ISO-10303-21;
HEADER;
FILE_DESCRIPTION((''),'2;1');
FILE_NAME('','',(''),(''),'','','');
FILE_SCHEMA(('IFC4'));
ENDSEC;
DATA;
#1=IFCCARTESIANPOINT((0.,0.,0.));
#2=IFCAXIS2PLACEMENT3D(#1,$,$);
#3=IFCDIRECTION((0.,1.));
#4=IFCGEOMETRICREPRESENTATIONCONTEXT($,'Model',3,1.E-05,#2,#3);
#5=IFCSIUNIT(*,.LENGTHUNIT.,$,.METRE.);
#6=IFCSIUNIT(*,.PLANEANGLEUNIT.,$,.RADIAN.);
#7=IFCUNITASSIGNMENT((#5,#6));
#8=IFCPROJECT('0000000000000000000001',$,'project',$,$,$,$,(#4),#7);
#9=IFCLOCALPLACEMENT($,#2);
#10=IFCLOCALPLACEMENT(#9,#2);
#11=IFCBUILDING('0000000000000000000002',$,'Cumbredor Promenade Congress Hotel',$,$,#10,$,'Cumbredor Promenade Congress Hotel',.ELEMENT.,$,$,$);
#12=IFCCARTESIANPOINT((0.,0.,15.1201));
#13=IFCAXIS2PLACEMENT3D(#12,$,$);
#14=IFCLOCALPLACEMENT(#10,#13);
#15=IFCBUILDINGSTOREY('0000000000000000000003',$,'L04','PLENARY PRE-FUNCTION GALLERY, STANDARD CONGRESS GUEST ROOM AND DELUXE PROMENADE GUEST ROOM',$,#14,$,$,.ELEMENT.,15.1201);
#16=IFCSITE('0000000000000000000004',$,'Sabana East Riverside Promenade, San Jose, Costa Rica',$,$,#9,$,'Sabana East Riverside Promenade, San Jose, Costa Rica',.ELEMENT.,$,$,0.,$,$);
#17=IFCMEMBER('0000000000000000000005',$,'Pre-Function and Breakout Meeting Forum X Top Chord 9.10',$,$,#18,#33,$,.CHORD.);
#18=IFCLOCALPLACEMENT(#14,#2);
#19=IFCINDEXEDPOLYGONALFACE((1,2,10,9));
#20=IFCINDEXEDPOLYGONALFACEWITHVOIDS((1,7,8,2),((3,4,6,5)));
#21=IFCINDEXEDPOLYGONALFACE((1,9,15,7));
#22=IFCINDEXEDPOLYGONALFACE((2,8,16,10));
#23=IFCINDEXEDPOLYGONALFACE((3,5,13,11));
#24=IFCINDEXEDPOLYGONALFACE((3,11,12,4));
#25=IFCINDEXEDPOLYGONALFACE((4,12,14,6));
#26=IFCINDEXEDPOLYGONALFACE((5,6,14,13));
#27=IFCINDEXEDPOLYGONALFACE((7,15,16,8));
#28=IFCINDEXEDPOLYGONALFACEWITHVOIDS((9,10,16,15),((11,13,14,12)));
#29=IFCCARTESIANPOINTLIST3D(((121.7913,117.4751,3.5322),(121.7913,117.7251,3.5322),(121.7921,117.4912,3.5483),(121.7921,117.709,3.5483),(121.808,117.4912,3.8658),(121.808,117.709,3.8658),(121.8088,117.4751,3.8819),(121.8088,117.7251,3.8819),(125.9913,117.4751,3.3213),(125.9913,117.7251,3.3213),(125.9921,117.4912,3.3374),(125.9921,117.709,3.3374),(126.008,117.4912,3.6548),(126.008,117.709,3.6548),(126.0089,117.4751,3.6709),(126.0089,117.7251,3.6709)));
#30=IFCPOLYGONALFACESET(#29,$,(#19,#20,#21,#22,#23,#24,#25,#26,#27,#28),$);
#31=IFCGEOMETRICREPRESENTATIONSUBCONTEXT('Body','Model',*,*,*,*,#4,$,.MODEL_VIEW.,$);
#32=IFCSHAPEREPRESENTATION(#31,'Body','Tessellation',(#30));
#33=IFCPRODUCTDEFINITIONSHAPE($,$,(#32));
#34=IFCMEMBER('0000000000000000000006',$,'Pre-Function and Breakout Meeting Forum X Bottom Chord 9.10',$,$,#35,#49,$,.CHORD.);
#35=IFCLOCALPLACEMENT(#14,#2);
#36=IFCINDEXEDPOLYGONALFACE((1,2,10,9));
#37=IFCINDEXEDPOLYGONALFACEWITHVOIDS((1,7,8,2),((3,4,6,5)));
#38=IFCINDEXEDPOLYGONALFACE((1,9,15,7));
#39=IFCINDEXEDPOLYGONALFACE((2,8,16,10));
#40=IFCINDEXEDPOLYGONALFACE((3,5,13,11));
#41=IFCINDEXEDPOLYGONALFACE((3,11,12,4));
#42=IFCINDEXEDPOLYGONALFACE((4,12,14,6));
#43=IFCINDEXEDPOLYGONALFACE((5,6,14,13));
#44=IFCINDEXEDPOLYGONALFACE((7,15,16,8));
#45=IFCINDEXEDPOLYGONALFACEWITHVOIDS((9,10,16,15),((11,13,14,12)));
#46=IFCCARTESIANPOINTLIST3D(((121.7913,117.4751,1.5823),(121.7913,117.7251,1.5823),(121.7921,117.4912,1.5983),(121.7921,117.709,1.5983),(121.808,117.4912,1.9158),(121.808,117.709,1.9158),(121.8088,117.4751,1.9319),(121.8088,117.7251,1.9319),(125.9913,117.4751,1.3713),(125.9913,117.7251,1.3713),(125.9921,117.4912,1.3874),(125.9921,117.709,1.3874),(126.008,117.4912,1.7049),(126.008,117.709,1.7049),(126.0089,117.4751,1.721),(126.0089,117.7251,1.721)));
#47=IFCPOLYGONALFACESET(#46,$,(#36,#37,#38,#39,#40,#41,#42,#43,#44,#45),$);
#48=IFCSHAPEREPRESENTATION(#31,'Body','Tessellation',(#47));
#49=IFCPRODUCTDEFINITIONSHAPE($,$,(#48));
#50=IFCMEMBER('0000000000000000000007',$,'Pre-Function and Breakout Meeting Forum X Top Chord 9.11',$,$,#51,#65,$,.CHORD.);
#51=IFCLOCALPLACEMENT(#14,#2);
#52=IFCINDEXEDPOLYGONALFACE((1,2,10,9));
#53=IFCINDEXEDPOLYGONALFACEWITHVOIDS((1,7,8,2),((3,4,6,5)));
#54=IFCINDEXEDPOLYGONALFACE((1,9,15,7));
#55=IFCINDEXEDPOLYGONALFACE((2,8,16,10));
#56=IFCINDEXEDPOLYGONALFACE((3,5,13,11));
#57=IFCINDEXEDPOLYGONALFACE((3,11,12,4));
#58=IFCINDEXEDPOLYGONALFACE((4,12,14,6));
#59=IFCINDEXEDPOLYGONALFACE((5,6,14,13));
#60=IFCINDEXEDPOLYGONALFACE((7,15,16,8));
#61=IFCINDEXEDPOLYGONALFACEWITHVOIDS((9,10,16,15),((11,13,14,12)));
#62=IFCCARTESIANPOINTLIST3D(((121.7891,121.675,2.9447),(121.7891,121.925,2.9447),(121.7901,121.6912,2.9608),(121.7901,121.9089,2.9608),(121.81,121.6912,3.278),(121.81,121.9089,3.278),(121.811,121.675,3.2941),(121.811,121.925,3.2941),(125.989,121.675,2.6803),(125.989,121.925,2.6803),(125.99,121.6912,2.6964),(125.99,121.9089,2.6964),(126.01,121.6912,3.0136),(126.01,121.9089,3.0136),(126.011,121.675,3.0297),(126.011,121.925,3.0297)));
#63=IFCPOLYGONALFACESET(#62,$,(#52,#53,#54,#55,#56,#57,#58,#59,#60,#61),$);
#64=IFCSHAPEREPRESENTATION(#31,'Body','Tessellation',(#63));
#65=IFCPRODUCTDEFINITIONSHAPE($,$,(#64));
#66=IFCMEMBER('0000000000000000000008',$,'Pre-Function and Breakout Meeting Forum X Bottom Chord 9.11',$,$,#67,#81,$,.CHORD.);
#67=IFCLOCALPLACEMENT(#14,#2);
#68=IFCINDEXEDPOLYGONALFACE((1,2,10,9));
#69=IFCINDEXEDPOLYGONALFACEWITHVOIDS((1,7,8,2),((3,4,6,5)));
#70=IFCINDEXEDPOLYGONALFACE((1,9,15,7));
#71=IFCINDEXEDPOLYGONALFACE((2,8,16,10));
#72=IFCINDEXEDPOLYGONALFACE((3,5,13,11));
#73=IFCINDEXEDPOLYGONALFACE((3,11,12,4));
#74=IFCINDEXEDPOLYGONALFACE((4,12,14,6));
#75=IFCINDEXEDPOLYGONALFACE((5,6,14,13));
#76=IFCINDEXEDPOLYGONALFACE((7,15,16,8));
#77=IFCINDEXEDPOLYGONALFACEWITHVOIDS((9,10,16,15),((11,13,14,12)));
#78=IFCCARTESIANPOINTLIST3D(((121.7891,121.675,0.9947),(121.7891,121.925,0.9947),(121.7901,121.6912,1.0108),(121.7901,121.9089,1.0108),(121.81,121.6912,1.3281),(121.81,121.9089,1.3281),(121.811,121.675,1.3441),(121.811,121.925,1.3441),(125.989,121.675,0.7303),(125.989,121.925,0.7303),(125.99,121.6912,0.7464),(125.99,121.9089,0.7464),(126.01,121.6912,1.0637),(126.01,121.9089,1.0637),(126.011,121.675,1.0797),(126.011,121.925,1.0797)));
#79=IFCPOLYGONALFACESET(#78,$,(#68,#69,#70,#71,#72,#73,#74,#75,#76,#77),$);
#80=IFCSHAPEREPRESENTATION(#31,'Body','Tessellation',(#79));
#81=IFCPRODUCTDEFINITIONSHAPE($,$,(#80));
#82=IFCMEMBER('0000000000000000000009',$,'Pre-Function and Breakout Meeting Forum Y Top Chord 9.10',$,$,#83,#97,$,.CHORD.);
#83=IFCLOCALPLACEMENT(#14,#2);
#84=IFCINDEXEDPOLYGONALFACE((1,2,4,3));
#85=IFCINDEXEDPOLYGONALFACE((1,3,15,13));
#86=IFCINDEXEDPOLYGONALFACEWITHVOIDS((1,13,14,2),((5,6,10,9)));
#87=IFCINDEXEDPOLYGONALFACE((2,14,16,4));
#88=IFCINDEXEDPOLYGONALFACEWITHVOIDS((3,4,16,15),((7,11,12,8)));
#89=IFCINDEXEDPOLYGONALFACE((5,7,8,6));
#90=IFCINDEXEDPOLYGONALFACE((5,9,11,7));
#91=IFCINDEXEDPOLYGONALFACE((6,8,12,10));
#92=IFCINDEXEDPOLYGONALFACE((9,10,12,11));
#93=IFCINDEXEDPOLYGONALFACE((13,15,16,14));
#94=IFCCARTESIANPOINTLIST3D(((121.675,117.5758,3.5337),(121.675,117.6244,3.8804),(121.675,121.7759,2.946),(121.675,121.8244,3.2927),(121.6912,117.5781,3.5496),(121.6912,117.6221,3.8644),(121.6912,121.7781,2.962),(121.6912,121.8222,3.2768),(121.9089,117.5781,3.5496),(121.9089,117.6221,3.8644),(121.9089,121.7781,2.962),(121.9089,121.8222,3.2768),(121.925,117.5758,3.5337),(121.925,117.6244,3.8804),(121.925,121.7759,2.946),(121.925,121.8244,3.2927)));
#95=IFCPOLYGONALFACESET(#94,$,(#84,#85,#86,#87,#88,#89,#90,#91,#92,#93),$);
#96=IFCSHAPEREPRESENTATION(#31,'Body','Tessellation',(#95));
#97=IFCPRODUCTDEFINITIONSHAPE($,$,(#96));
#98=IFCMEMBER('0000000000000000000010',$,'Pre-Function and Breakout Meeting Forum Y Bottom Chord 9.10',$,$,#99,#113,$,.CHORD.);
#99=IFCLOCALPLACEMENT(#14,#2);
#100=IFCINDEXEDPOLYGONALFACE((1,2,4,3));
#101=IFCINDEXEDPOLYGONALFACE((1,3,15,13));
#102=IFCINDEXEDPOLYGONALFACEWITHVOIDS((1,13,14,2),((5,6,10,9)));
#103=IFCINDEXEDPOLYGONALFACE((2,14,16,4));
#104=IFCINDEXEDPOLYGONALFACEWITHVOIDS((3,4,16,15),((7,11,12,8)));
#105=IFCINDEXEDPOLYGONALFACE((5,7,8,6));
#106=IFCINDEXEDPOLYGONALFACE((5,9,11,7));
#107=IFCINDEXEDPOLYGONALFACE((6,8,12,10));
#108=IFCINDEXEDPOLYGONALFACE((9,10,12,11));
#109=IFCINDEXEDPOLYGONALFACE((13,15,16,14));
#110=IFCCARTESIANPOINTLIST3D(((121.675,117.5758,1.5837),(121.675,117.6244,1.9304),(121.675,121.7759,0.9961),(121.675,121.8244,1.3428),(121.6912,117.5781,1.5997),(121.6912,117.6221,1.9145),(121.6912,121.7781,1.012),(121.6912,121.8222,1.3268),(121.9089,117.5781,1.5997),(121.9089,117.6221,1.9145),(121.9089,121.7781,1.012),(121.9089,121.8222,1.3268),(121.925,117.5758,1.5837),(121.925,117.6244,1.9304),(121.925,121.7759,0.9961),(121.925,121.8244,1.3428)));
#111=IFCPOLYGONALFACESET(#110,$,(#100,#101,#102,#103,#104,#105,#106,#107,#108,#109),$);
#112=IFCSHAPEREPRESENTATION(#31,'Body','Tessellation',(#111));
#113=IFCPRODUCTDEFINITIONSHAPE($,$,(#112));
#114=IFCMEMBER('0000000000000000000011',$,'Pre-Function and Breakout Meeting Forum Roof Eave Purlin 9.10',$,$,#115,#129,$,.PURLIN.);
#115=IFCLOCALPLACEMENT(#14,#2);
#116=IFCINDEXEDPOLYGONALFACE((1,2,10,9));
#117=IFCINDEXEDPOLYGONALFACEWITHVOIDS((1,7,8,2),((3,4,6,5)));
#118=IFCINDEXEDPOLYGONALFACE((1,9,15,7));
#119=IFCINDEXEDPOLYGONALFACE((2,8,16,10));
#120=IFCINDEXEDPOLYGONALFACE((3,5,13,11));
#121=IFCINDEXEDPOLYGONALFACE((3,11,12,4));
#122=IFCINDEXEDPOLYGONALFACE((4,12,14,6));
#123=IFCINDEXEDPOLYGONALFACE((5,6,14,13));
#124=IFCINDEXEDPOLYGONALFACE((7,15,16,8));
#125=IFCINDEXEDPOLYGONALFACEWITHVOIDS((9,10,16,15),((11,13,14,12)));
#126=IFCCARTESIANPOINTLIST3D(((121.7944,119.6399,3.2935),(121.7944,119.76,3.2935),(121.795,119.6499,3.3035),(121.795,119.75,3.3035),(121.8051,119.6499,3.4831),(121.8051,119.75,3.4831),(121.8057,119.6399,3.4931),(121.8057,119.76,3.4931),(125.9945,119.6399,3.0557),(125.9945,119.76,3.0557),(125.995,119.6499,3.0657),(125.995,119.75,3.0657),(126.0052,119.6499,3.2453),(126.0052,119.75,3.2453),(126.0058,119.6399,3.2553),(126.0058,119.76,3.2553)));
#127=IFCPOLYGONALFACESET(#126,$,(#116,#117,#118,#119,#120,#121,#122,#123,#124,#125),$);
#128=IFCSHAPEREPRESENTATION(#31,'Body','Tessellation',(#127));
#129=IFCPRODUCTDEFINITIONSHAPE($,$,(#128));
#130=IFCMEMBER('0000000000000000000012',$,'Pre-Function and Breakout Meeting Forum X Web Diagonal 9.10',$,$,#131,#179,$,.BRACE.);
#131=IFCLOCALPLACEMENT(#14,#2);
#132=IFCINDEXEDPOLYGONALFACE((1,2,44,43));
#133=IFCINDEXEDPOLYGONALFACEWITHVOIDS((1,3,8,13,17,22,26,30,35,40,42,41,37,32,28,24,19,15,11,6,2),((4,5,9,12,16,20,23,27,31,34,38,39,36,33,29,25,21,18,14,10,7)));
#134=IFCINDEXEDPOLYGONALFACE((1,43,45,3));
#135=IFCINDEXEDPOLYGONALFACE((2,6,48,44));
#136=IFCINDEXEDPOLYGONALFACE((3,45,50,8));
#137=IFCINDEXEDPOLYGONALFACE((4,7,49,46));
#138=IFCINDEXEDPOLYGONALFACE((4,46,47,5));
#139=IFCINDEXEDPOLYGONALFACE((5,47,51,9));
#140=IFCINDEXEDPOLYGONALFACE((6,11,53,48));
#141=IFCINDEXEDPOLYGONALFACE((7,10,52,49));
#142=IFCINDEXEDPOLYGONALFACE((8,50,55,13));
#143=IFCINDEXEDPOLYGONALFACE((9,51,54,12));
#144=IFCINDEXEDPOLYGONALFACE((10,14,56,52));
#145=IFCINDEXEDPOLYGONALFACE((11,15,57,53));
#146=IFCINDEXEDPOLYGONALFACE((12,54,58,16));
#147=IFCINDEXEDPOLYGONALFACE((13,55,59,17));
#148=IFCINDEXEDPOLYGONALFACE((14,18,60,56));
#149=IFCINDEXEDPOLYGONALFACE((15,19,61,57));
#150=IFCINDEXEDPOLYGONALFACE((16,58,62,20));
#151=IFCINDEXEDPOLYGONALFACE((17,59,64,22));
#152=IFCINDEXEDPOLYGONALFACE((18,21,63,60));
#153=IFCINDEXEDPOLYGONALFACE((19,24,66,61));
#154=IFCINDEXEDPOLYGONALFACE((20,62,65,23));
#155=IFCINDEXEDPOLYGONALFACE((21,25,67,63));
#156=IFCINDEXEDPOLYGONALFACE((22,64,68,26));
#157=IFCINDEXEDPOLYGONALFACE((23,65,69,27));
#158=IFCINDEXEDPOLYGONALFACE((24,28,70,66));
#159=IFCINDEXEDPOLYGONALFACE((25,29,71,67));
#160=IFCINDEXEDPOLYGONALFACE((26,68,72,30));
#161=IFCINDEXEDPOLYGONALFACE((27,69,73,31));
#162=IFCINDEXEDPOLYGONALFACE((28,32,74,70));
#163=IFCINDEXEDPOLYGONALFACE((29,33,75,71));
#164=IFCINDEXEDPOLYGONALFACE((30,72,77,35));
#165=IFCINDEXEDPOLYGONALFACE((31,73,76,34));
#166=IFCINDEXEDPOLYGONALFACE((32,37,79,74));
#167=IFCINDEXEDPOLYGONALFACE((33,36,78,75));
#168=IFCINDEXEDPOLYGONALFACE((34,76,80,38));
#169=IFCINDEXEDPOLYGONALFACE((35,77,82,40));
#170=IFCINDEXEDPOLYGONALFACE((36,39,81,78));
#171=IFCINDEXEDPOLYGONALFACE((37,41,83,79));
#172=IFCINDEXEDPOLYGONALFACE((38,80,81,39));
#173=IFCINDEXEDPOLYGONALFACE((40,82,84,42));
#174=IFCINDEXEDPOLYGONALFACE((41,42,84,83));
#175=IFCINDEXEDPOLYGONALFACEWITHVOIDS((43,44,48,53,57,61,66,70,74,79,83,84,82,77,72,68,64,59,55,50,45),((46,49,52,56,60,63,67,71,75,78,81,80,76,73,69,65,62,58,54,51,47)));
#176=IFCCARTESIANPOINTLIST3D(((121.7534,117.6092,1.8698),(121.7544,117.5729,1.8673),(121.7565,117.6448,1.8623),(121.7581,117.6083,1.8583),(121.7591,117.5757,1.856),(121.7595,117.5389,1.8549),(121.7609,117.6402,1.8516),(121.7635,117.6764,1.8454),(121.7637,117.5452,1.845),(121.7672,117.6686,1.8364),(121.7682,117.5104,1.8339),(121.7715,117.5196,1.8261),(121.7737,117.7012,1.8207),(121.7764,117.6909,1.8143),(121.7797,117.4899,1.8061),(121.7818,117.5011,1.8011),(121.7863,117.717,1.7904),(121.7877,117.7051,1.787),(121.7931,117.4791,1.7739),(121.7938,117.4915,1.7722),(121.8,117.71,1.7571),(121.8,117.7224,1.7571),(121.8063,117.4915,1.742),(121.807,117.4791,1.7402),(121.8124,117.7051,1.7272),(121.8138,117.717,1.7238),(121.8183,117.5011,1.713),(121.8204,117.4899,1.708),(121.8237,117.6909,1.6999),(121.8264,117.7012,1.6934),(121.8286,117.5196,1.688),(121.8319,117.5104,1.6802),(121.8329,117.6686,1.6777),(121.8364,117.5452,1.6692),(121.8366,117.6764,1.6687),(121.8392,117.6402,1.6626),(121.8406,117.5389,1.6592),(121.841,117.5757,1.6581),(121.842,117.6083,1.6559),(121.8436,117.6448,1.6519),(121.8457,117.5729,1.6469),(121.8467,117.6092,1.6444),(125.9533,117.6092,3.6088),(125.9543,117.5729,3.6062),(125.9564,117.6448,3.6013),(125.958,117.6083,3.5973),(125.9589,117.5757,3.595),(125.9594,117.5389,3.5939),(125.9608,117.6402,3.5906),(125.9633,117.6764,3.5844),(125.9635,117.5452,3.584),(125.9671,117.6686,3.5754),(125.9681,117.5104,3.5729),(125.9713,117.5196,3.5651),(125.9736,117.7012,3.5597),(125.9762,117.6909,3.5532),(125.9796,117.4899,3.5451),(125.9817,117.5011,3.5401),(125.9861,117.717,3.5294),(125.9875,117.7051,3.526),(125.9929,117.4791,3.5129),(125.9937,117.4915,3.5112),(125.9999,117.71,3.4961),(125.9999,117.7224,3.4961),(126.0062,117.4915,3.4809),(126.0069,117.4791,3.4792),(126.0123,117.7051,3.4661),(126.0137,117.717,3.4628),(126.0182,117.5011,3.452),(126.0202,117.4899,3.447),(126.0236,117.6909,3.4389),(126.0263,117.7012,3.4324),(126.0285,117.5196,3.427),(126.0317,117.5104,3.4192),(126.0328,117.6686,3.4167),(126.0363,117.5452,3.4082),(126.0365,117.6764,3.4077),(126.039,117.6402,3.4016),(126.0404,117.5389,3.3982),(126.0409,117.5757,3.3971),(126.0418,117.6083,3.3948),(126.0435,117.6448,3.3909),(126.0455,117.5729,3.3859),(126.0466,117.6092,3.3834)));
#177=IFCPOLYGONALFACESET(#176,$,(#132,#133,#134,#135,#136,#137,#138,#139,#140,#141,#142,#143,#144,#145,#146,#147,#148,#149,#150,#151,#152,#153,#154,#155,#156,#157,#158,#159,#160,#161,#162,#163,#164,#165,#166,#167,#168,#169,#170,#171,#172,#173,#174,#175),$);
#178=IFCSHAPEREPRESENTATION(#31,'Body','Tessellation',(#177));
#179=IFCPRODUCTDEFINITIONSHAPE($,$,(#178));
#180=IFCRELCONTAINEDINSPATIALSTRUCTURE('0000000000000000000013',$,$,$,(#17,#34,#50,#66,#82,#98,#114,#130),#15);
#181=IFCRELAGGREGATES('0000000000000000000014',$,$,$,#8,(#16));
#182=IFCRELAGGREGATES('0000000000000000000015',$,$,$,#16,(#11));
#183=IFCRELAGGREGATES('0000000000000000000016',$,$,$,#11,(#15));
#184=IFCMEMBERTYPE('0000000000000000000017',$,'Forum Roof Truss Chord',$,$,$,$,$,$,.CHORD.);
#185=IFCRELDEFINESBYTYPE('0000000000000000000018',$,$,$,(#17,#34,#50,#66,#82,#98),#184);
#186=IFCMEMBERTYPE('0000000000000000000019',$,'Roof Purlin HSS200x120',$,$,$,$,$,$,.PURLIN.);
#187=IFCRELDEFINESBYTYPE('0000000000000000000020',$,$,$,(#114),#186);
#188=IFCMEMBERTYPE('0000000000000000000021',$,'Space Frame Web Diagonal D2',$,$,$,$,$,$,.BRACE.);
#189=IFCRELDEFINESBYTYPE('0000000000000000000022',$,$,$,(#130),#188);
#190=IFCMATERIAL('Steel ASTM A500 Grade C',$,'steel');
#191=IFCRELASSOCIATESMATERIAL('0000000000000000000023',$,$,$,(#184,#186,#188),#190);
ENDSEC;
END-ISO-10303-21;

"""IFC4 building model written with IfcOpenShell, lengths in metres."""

from ifc_helpers import new_model, si_unit, direction, frame, origin, origin_2d, place, context, subcontext, project, spatial, hollow_rectangle, hollow_circle, extrude, material, material_profile, profile_set, type_object, element, save


model = new_model("IFC4")

# Units and contexts
model_context = context("Model", 3, precision=1e-05, world=origin(), true_north=direction((0.0, 1.0)))
body_context = subcontext(model_context, "Body", "Model", "MODEL_VIEW")
ifc_project = project(units=[si_unit("LENGTHUNIT", "METRE"), si_unit("PLANEANGLEUNIT", "RADIAN")], contexts=[model_context])

# Site, building, storey
site_placement = place(None, origin())
site = spatial("IfcSite", under=ifc_project, at=site_placement, Name="Sabana East Riverside Promenade, San Jose, Costa Rica", LongName="Sabana East Riverside Promenade, San Jose, Costa Rica", CompositionType="ELEMENT", RefElevation=0.0)
building_placement = place(site_placement, origin())
building = spatial("IfcBuilding", under=site, at=building_placement, Name="Cumbredor Promenade Congress Hotel", LongName="Cumbredor Promenade Congress Hotel", CompositionType="ELEMENT")
storey_placement = place(building_placement, frame((0.0, 0.0, 15.1201)))
storey = spatial("IfcBuildingStorey", under=building, at=storey_placement, Name="L04", Description="PLENARY PRE-FUNCTION GALLERY, STANDARD CONGRESS GUEST ROOM AND DELUXE PROMENADE GUEST ROOM", CompositionType="ELEMENT", Elevation=15.1201)

# Members
ifc_material_1 = material(Name="Steel ASTM A500 Grade C", Category="steel")
ifc_material_profile_1 = material_profile(ifc_material_1, hollow_rectangle(XDim=0.25, YDim=0.3501, WallThickness=0.0161, at=origin_2d()), Name="HSS 350x250x16")
ifc_profile_set_1 = profile_set([ifc_material_profile_1], Name="Steel ASTM A500 Grade C")
member_type_1 = type_object("IfcMemberType", Name="Forum Roof Truss Chord", PredefinedType="CHORD", material=ifc_profile_set_1)
for number, where, z_axis, x_axis, name in (
    (1, (121.8, 117.6001, 3.707), (0.998741, 0.0, -0.050161), (0.0, 1.0, 0.0), "Pre-Function and Breakout Meeting Forum X Top Chord 9.10"),
    (2, (121.8, 117.6001, 1.7571), (0.998741, 0.0, -0.050161), (0.0, 1.0, 0.0), "Pre-Function and Breakout Meeting Forum X Bottom Chord 9.10"),
):
    element("IfcMember", number, at=place(storey_placement, frame(where, z_axis=z_axis, x_axis=x_axis)), inside=storey, type_object=member_type_1, Name=name, PredefinedType="CHORD", context=body_context, shape_type="SweptSolid", body=[
        extrude(hollow_rectangle(XDim=0.25, YDim=0.3501, WallThickness=0.0161, at=origin_2d()), origin(), (0.0, 0.0, 1.0), 4.2053),
    ])
for number, where, z_axis, x_axis, name in (
    (3, (121.8, 121.8, 3.1194), (0.998024, 0.0, -0.06283), (0.0, 1.0, 0.0), "Pre-Function and Breakout Meeting Forum X Top Chord 9.11"),
    (4, (121.8, 121.8, 1.1694), (0.998024, 0.0, -0.06283), (0.0, 1.0, 0.0), "Pre-Function and Breakout Meeting Forum X Bottom Chord 9.11"),
):
    element("IfcMember", number, at=place(storey_placement, frame(where, z_axis=z_axis, x_axis=x_axis)), inside=storey, type_object=member_type_1, Name=name, PredefinedType="CHORD", context=body_context, shape_type="SweptSolid", body=[
        extrude(hollow_rectangle(XDim=0.25, YDim=0.3501, WallThickness=0.0161, at=origin_2d()), origin(), (0.0, 0.0, 1.0), 4.2083),
    ])
for number, where, z_axis, x_axis, name in (
    (5, (121.8, 117.6001, 3.707), (0.0, 0.990353, -0.138568), (-1.0, 0.0, 0.0), "Pre-Function and Breakout Meeting Forum Y Top Chord 9.10"),
    (6, (121.8, 117.6001, 1.7571), (0.0, 0.990353, -0.138568), (-1.0, 0.0, 0.0), "Pre-Function and Breakout Meeting Forum Y Bottom Chord 9.10"),
):
    element("IfcMember", number, at=place(storey_placement, frame(where, z_axis=z_axis, x_axis=x_axis)), inside=storey, type_object=member_type_1, Name=name, PredefinedType="CHORD", context=body_context, shape_type="SweptSolid", body=[
        extrude(hollow_rectangle(XDim=0.25, YDim=0.3501, WallThickness=0.0161, at=origin_2d()), origin(), (0.0, 0.0, 1.0), 4.241),
    ])
ifc_material_profile_2 = material_profile(ifc_material_1, hollow_rectangle(XDim=0.1201, YDim=0.2, WallThickness=0.01, at=origin_2d()), Name="HSS 200x120x10")
ifc_profile_set_2 = profile_set([ifc_material_profile_2], Name="Steel ASTM A500 Grade C")
member_type_2 = type_object("IfcMemberType", Name="Roof Purlin HSS200x120", PredefinedType="PURLIN", material=ifc_profile_set_2)
member_1_placement = place(storey_placement, frame((121.8, 119.7, 3.3933), z_axis=(0.998401, 0.0, -0.056528), x_axis=(0.0, 1.0, 0.0)))
element("IfcMember", 7, at=member_1_placement, inside=storey, type_object=member_type_2, Name="Pre-Function and Breakout Meeting Forum Roof Eave Purlin 9.10", PredefinedType="PURLIN", context=body_context, shape_type="SweptSolid", body=[
    extrude(hollow_rectangle(XDim=0.1201, YDim=0.2, WallThickness=0.01, at=origin_2d()), origin(), (0.0, 0.0, 1.0), 4.2068),
])
ifc_material_profile_3 = material_profile(ifc_material_1, hollow_circle(Radius=0.1223, WallThickness=0.0125, at=origin_2d()), Name="CHS 244.5x12.5")
ifc_profile_set_3 = profile_set([ifc_material_profile_3], Name="Steel ASTM A500 Grade C")
member_type_3 = type_object("IfcMemberType", Name="Space Frame Web Diagonal D2", PredefinedType="BRACE", material=ifc_profile_set_3)
member_2_placement = place(storey_placement, frame((121.8, 117.6001, 1.7571), z_axis=(0.923931, 0.0, 0.382559), x_axis=(0.0, 1.0, 0.0)))
element("IfcMember", 8, at=member_2_placement, inside=storey, type_object=member_type_3, Name="Pre-Function and Breakout Meeting Forum X Web Diagonal 9.10", PredefinedType="BRACE", context=body_context, shape_type="SweptSolid", body=[
    extrude(hollow_circle(Radius=0.1223, WallThickness=0.0125, at=origin_2d()), origin(), (0.0, 0.0, 1.0), 4.5457),
])

save(model, "model.ifc")
